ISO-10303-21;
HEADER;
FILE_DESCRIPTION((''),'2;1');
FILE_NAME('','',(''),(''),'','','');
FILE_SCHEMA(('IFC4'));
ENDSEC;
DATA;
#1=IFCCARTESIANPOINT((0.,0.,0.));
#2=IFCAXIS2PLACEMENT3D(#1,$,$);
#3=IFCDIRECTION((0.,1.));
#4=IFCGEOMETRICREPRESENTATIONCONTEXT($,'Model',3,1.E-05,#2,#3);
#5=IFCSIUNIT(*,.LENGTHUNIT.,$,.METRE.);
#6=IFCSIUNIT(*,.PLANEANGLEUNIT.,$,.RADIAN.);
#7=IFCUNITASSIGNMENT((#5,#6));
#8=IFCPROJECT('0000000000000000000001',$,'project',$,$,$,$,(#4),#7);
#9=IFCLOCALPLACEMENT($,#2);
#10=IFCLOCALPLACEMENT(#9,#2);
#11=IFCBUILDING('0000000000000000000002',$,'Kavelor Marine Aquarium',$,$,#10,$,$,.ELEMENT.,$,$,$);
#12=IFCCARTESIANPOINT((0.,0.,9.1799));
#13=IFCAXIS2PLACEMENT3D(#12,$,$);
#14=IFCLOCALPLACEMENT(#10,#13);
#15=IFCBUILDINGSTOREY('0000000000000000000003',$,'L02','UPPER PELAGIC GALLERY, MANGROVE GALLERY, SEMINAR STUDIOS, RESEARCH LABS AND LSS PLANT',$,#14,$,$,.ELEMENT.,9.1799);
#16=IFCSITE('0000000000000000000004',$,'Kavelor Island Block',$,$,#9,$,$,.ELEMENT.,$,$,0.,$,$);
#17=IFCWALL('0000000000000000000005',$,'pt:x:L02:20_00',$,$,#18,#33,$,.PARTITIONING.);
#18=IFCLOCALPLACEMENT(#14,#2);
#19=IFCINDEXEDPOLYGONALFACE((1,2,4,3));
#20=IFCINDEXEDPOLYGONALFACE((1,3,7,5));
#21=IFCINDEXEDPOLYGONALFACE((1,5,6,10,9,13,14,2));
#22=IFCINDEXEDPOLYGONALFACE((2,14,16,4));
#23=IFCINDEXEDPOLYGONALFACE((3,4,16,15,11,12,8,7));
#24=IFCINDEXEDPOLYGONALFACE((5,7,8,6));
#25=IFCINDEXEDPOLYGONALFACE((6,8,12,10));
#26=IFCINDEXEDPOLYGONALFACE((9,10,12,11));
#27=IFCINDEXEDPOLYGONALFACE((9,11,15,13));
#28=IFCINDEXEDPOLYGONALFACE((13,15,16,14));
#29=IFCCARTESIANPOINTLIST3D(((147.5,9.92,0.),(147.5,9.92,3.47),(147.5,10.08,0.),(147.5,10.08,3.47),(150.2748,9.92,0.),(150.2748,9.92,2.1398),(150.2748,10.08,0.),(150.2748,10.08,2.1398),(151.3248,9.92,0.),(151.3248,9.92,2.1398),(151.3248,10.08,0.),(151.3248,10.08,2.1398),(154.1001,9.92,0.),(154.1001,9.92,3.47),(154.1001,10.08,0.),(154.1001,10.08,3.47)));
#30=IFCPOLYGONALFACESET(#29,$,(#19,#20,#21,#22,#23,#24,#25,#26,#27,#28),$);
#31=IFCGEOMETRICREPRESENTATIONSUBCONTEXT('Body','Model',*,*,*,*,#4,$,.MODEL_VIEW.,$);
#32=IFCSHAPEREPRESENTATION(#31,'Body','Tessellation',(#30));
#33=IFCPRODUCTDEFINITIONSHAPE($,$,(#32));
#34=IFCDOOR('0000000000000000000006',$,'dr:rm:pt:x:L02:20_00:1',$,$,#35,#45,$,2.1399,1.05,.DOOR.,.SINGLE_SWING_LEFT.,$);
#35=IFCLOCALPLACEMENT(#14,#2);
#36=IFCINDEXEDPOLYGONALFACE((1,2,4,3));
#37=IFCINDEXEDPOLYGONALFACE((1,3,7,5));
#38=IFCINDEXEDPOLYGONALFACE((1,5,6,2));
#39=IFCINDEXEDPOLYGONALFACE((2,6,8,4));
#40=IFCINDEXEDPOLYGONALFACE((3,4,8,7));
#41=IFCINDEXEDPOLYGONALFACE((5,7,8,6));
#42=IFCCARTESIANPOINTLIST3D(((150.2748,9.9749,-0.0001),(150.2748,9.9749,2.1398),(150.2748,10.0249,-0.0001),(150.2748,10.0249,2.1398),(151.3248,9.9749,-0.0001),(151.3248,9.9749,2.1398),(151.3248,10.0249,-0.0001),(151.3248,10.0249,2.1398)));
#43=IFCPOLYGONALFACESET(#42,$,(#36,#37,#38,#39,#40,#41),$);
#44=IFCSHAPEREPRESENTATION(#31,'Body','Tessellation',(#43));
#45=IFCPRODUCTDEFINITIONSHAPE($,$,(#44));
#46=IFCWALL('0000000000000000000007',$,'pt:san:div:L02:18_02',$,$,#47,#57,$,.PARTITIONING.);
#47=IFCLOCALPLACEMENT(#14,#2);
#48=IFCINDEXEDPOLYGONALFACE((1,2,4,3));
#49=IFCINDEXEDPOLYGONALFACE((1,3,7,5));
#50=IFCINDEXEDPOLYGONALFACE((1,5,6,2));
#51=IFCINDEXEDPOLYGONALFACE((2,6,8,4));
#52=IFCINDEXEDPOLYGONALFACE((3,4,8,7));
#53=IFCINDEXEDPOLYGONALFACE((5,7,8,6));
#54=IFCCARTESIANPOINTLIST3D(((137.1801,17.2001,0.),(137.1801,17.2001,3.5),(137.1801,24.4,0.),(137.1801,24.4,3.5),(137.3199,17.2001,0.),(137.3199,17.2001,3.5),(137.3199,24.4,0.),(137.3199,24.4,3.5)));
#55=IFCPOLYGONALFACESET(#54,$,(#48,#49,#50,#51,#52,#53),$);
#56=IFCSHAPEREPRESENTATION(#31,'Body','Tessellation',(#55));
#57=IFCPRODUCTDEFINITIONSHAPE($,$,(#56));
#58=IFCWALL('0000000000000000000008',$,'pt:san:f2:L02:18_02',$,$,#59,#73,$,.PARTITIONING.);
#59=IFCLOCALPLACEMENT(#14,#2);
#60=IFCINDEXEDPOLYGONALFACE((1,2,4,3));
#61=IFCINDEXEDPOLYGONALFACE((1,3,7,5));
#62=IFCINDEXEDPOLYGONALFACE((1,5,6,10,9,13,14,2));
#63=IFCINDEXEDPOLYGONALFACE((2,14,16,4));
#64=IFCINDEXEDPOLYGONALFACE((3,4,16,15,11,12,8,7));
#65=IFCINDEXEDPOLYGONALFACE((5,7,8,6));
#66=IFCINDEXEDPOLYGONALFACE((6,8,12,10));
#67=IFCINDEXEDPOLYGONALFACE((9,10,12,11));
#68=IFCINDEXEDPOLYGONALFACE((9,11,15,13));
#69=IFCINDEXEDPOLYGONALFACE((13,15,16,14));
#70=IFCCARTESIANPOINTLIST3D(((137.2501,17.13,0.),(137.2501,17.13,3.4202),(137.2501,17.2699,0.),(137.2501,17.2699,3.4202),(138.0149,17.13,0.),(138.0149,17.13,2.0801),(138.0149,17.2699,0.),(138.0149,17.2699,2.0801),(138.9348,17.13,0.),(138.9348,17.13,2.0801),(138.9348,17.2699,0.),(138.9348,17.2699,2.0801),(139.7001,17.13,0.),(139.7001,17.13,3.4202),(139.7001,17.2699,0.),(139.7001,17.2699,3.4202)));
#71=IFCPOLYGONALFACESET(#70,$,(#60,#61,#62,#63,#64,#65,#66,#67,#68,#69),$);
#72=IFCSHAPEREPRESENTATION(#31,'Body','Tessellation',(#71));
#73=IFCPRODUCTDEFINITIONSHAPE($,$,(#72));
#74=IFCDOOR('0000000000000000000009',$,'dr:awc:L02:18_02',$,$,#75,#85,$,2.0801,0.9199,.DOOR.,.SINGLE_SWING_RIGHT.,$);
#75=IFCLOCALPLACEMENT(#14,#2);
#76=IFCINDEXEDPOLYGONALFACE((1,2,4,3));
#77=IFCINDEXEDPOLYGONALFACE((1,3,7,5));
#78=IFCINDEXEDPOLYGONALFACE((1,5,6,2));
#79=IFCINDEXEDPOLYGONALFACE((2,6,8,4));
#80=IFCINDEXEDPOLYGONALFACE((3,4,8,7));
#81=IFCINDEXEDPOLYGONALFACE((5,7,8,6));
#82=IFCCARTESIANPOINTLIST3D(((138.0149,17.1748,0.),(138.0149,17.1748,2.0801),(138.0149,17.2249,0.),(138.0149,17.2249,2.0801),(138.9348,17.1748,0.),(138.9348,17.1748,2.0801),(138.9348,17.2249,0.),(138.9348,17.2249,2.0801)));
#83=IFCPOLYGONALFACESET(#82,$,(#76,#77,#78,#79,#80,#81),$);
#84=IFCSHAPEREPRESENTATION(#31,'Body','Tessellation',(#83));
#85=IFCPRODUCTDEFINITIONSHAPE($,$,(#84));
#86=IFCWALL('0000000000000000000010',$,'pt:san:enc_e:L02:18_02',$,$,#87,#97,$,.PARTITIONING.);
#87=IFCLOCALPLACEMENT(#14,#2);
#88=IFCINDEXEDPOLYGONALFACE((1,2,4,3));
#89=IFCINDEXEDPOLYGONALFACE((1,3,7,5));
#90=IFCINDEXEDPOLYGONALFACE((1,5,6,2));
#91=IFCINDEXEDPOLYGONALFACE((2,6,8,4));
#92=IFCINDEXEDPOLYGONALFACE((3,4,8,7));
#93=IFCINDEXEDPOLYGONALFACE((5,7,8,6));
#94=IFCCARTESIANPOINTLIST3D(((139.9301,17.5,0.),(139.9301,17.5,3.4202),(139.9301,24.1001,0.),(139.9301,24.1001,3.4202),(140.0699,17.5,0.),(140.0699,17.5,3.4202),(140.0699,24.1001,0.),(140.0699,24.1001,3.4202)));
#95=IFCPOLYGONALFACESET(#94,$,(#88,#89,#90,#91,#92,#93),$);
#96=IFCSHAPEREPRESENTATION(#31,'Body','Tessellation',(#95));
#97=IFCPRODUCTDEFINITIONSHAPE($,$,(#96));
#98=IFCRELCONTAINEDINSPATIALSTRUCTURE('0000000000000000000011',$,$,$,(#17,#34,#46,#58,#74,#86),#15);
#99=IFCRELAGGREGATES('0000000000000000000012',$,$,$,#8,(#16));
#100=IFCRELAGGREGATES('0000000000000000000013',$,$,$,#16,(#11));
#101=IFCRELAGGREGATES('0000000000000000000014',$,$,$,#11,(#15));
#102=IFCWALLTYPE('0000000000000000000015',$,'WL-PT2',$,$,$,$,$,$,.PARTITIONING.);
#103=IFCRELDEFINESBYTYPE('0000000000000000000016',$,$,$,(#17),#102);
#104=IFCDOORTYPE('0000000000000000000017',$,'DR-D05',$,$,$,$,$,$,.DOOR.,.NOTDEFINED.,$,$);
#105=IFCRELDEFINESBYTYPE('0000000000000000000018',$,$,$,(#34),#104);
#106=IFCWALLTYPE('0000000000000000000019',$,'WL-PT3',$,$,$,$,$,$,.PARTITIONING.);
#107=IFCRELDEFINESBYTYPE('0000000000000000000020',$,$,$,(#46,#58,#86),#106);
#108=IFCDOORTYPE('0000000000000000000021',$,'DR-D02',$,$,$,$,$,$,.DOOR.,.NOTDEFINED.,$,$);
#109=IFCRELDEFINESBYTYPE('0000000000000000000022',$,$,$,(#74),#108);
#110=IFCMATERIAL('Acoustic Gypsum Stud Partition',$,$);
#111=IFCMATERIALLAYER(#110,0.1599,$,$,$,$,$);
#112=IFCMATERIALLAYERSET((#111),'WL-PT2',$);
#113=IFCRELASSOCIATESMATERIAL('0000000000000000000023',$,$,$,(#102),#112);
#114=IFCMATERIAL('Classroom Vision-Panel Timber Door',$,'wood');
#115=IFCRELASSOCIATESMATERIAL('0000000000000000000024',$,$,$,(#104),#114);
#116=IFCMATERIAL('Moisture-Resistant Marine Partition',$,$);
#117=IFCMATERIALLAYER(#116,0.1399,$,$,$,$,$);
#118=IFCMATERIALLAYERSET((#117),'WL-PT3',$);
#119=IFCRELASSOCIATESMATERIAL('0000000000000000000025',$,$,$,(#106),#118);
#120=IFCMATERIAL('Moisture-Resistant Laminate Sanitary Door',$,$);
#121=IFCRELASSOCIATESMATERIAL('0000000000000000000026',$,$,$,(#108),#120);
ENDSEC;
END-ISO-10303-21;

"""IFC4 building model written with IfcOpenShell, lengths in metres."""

from ifc_helpers import new_model, si_unit, direction, frame, frame_2d, origin, place, context, subcontext, project, spatial, rectangle, extrude, material, layer, layer_set, type_object, element, fill, save


model = new_model("IFC4")

# Units and contexts
model_context = context("Model", 3, precision=1e-05, world=origin(), true_north=direction((0.0, 1.0)))
body_context = subcontext(model_context, "Body", "Model", "MODEL_VIEW")
ifc_project = project(units=[si_unit("LENGTHUNIT", "METRE"), si_unit("PLANEANGLEUNIT", "RADIAN")], contexts=[model_context])

# Site, building, storey
site_placement = place(None, origin())
site = spatial("IfcSite", under=ifc_project, at=site_placement, Name="Kavelor Island Block", CompositionType="ELEMENT", RefElevation=0.0)
building_placement = place(site_placement, origin())
building = spatial("IfcBuilding", under=site, at=building_placement, Name="Kavelor Marine Aquarium", CompositionType="ELEMENT")
storey_placement = place(building_placement, frame((0.0, 0.0, 9.1799)))
storey = spatial("IfcBuildingStorey", under=building, at=storey_placement, Name="L02", Description="UPPER PELAGIC GALLERY, MANGROVE GALLERY, SEMINAR STUDIOS, RESEARCH LABS AND LSS PLANT", CompositionType="ELEMENT", Elevation=9.1799)

# Shared definitions
ifc_material_1 = material(Name="Acoustic Gypsum Stud Partition")
ifc_layer_1 = layer(ifc_material_1, 0.1599)
ifc_layer_set_1 = layer_set([ifc_layer_1], Name="WL-PT2")
wall_type_1 = type_object("IfcWallType", Name="WL-PT2", PredefinedType="PARTITIONING", material=ifc_layer_set_1)

# Wall, opening, door
wall_1_placement = place(storey_placement, frame((147.5, 10.0, 0.0), z_axis=(0.0, 0.0, 1.0), x_axis=(1.0, 0.0, 0.0)))
wall_1 = element("IfcWall", 1, at=wall_1_placement, inside=storey, type_object=wall_type_1, Name="pt:x:L02:20_00", PredefinedType="PARTITIONING", context=body_context, shape_type="SweptSolid", body=[
    extrude(rectangle(XDim=6.6001, YDim=0.1599, at=frame_2d((3.3, 0.0))), origin(), (0.0, 0.0, 1.0), 3.47),
])
opening_1_placement = place(wall_1_placement, frame((2.7749, 0.0, 0.0)))
opening_1 = element("IfcOpeningElement", 2, at=opening_1_placement, cuts=wall_1, PredefinedType="OPENING", context=body_context, shape_type="SweptSolid", body=[
    extrude(rectangle(XDim=1.05, YDim=2.1399, at=frame_2d((0.5249, 1.0698))), frame((0.0, 0.0898, 0.0), z_axis=(0.0, -1.0, 0.0), x_axis=(1.0, 0.0, 0.0)), (0.0, 0.0, 1.0), 0.1799),
])
ifc_material_2 = material(Name="Classroom Vision-Panel Timber Door", Category="wood")
door_type_1 = type_object("IfcDoorType", Name="DR-D05", OperationType="NOTDEFINED", PredefinedType="DOOR", material=ifc_material_2)
door_1_placement = place(opening_1_placement, origin())
door_1 = element("IfcDoor", 3, at=door_1_placement, inside=storey, type_object=door_type_1, Name="dr:rm:pt:x:L02:20_00:1", OperationType="SINGLE_SWING_LEFT", OverallHeight=2.1399, OverallWidth=1.05, PredefinedType="DOOR", context=body_context, shape_type="SweptSolid", body=[
    extrude(rectangle(XDim=1.05, YDim=2.1399, at=frame_2d((0.5249, 1.0698))), frame((0.0, 0.0249, 0.0), z_axis=(0.0, -1.0, 0.0), x_axis=(1.0, 0.0, 0.0)), (0.0, 0.0, 1.0), 0.05),
])
fill(opening_1, door_1)

# Wall
ifc_material_3 = material(Name="Moisture-Resistant Marine Partition")
ifc_layer_2 = layer(ifc_material_3, 0.1399)
ifc_layer_set_2 = layer_set([ifc_layer_2], Name="WL-PT3")
wall_type_2 = type_object("IfcWallType", Name="WL-PT3", PredefinedType="PARTITIONING", material=ifc_layer_set_2)
wall_2_placement = place(storey_placement, frame((137.25, 17.2, 0.0), z_axis=(0.0, 0.0, 1.0), x_axis=(0.0, 1.0, 0.0)))
element("IfcWall", 4, at=wall_2_placement, inside=storey, type_object=wall_type_2, Name="pt:san:div:L02:18_02", PredefinedType="PARTITIONING", context=body_context, shape_type="SweptSolid", body=[
    extrude(rectangle(XDim=7.2, YDim=0.1399, at=frame_2d((3.6001, 0.0))), origin(), (0.0, 0.0, 1.0), 3.5),
])

# Wall, opening, door
wall_3_placement = place(storey_placement, frame((137.25, 17.2, 0.0), z_axis=(0.0, 0.0, 1.0), x_axis=(1.0, 0.0, 0.0)))
wall_3 = element("IfcWall", 5, at=wall_3_placement, inside=storey, type_object=wall_type_2, Name="pt:san:f2:L02:18_02", PredefinedType="PARTITIONING", context=body_context, shape_type="SweptSolid", body=[
    extrude(rectangle(XDim=2.45, YDim=0.1399, at=frame_2d((1.2251, 0.0))), origin(), (0.0, 0.0, 1.0), 3.4202),
])
opening_2_placement = place(wall_3_placement, frame((0.7649, 0.0, 0.0)))
opening_2 = element("IfcOpeningElement", 6, at=opening_2_placement, cuts=wall_3, PredefinedType="OPENING", context=body_context, shape_type="SweptSolid", body=[
    extrude(rectangle(XDim=0.9199, YDim=2.0801, at=frame_2d((0.46, 1.04))), frame((0.0, 0.0798, 0.0), z_axis=(0.0, -1.0, 0.0), x_axis=(1.0, 0.0, 0.0)), (0.0, 0.0, 1.0), 0.1599),
])
ifc_material_4 = material(Name="Moisture-Resistant Laminate Sanitary Door")
door_type_2 = type_object("IfcDoorType", Name="DR-D02", OperationType="NOTDEFINED", PredefinedType="DOOR", material=ifc_material_4)
door_2_placement = place(opening_2_placement, origin())
door_2 = element("IfcDoor", 7, at=door_2_placement, inside=storey, type_object=door_type_2, Name="dr:awc:L02:18_02", OperationType="SINGLE_SWING_RIGHT", OverallHeight=2.0801, OverallWidth=0.9199, PredefinedType="DOOR", context=body_context, shape_type="SweptSolid", body=[
    extrude(rectangle(XDim=0.9199, YDim=2.0801, at=frame_2d((0.46, 1.04))), frame((0.0, 0.0249, 0.0), z_axis=(0.0, -1.0, 0.0), x_axis=(1.0, 0.0, 0.0)), (0.0, 0.0, 1.0), 0.05),
])
fill(opening_2, door_2)

# Wall
wall_4_placement = place(storey_placement, frame((140.0, 17.5, 0.0), z_axis=(0.0, 0.0, 1.0), x_axis=(0.0, 1.0, 0.0)))
element("IfcWall", 8, at=wall_4_placement, inside=storey, type_object=wall_type_2, Name="pt:san:enc_e:L02:18_02", PredefinedType="PARTITIONING", context=body_context, shape_type="SweptSolid", body=[
    extrude(rectangle(XDim=6.6001, YDim=0.1399, at=frame_2d((3.3, 0.0))), origin(), (0.0, 0.0, 1.0), 3.4202),
])

save(model, "model.ifc")
